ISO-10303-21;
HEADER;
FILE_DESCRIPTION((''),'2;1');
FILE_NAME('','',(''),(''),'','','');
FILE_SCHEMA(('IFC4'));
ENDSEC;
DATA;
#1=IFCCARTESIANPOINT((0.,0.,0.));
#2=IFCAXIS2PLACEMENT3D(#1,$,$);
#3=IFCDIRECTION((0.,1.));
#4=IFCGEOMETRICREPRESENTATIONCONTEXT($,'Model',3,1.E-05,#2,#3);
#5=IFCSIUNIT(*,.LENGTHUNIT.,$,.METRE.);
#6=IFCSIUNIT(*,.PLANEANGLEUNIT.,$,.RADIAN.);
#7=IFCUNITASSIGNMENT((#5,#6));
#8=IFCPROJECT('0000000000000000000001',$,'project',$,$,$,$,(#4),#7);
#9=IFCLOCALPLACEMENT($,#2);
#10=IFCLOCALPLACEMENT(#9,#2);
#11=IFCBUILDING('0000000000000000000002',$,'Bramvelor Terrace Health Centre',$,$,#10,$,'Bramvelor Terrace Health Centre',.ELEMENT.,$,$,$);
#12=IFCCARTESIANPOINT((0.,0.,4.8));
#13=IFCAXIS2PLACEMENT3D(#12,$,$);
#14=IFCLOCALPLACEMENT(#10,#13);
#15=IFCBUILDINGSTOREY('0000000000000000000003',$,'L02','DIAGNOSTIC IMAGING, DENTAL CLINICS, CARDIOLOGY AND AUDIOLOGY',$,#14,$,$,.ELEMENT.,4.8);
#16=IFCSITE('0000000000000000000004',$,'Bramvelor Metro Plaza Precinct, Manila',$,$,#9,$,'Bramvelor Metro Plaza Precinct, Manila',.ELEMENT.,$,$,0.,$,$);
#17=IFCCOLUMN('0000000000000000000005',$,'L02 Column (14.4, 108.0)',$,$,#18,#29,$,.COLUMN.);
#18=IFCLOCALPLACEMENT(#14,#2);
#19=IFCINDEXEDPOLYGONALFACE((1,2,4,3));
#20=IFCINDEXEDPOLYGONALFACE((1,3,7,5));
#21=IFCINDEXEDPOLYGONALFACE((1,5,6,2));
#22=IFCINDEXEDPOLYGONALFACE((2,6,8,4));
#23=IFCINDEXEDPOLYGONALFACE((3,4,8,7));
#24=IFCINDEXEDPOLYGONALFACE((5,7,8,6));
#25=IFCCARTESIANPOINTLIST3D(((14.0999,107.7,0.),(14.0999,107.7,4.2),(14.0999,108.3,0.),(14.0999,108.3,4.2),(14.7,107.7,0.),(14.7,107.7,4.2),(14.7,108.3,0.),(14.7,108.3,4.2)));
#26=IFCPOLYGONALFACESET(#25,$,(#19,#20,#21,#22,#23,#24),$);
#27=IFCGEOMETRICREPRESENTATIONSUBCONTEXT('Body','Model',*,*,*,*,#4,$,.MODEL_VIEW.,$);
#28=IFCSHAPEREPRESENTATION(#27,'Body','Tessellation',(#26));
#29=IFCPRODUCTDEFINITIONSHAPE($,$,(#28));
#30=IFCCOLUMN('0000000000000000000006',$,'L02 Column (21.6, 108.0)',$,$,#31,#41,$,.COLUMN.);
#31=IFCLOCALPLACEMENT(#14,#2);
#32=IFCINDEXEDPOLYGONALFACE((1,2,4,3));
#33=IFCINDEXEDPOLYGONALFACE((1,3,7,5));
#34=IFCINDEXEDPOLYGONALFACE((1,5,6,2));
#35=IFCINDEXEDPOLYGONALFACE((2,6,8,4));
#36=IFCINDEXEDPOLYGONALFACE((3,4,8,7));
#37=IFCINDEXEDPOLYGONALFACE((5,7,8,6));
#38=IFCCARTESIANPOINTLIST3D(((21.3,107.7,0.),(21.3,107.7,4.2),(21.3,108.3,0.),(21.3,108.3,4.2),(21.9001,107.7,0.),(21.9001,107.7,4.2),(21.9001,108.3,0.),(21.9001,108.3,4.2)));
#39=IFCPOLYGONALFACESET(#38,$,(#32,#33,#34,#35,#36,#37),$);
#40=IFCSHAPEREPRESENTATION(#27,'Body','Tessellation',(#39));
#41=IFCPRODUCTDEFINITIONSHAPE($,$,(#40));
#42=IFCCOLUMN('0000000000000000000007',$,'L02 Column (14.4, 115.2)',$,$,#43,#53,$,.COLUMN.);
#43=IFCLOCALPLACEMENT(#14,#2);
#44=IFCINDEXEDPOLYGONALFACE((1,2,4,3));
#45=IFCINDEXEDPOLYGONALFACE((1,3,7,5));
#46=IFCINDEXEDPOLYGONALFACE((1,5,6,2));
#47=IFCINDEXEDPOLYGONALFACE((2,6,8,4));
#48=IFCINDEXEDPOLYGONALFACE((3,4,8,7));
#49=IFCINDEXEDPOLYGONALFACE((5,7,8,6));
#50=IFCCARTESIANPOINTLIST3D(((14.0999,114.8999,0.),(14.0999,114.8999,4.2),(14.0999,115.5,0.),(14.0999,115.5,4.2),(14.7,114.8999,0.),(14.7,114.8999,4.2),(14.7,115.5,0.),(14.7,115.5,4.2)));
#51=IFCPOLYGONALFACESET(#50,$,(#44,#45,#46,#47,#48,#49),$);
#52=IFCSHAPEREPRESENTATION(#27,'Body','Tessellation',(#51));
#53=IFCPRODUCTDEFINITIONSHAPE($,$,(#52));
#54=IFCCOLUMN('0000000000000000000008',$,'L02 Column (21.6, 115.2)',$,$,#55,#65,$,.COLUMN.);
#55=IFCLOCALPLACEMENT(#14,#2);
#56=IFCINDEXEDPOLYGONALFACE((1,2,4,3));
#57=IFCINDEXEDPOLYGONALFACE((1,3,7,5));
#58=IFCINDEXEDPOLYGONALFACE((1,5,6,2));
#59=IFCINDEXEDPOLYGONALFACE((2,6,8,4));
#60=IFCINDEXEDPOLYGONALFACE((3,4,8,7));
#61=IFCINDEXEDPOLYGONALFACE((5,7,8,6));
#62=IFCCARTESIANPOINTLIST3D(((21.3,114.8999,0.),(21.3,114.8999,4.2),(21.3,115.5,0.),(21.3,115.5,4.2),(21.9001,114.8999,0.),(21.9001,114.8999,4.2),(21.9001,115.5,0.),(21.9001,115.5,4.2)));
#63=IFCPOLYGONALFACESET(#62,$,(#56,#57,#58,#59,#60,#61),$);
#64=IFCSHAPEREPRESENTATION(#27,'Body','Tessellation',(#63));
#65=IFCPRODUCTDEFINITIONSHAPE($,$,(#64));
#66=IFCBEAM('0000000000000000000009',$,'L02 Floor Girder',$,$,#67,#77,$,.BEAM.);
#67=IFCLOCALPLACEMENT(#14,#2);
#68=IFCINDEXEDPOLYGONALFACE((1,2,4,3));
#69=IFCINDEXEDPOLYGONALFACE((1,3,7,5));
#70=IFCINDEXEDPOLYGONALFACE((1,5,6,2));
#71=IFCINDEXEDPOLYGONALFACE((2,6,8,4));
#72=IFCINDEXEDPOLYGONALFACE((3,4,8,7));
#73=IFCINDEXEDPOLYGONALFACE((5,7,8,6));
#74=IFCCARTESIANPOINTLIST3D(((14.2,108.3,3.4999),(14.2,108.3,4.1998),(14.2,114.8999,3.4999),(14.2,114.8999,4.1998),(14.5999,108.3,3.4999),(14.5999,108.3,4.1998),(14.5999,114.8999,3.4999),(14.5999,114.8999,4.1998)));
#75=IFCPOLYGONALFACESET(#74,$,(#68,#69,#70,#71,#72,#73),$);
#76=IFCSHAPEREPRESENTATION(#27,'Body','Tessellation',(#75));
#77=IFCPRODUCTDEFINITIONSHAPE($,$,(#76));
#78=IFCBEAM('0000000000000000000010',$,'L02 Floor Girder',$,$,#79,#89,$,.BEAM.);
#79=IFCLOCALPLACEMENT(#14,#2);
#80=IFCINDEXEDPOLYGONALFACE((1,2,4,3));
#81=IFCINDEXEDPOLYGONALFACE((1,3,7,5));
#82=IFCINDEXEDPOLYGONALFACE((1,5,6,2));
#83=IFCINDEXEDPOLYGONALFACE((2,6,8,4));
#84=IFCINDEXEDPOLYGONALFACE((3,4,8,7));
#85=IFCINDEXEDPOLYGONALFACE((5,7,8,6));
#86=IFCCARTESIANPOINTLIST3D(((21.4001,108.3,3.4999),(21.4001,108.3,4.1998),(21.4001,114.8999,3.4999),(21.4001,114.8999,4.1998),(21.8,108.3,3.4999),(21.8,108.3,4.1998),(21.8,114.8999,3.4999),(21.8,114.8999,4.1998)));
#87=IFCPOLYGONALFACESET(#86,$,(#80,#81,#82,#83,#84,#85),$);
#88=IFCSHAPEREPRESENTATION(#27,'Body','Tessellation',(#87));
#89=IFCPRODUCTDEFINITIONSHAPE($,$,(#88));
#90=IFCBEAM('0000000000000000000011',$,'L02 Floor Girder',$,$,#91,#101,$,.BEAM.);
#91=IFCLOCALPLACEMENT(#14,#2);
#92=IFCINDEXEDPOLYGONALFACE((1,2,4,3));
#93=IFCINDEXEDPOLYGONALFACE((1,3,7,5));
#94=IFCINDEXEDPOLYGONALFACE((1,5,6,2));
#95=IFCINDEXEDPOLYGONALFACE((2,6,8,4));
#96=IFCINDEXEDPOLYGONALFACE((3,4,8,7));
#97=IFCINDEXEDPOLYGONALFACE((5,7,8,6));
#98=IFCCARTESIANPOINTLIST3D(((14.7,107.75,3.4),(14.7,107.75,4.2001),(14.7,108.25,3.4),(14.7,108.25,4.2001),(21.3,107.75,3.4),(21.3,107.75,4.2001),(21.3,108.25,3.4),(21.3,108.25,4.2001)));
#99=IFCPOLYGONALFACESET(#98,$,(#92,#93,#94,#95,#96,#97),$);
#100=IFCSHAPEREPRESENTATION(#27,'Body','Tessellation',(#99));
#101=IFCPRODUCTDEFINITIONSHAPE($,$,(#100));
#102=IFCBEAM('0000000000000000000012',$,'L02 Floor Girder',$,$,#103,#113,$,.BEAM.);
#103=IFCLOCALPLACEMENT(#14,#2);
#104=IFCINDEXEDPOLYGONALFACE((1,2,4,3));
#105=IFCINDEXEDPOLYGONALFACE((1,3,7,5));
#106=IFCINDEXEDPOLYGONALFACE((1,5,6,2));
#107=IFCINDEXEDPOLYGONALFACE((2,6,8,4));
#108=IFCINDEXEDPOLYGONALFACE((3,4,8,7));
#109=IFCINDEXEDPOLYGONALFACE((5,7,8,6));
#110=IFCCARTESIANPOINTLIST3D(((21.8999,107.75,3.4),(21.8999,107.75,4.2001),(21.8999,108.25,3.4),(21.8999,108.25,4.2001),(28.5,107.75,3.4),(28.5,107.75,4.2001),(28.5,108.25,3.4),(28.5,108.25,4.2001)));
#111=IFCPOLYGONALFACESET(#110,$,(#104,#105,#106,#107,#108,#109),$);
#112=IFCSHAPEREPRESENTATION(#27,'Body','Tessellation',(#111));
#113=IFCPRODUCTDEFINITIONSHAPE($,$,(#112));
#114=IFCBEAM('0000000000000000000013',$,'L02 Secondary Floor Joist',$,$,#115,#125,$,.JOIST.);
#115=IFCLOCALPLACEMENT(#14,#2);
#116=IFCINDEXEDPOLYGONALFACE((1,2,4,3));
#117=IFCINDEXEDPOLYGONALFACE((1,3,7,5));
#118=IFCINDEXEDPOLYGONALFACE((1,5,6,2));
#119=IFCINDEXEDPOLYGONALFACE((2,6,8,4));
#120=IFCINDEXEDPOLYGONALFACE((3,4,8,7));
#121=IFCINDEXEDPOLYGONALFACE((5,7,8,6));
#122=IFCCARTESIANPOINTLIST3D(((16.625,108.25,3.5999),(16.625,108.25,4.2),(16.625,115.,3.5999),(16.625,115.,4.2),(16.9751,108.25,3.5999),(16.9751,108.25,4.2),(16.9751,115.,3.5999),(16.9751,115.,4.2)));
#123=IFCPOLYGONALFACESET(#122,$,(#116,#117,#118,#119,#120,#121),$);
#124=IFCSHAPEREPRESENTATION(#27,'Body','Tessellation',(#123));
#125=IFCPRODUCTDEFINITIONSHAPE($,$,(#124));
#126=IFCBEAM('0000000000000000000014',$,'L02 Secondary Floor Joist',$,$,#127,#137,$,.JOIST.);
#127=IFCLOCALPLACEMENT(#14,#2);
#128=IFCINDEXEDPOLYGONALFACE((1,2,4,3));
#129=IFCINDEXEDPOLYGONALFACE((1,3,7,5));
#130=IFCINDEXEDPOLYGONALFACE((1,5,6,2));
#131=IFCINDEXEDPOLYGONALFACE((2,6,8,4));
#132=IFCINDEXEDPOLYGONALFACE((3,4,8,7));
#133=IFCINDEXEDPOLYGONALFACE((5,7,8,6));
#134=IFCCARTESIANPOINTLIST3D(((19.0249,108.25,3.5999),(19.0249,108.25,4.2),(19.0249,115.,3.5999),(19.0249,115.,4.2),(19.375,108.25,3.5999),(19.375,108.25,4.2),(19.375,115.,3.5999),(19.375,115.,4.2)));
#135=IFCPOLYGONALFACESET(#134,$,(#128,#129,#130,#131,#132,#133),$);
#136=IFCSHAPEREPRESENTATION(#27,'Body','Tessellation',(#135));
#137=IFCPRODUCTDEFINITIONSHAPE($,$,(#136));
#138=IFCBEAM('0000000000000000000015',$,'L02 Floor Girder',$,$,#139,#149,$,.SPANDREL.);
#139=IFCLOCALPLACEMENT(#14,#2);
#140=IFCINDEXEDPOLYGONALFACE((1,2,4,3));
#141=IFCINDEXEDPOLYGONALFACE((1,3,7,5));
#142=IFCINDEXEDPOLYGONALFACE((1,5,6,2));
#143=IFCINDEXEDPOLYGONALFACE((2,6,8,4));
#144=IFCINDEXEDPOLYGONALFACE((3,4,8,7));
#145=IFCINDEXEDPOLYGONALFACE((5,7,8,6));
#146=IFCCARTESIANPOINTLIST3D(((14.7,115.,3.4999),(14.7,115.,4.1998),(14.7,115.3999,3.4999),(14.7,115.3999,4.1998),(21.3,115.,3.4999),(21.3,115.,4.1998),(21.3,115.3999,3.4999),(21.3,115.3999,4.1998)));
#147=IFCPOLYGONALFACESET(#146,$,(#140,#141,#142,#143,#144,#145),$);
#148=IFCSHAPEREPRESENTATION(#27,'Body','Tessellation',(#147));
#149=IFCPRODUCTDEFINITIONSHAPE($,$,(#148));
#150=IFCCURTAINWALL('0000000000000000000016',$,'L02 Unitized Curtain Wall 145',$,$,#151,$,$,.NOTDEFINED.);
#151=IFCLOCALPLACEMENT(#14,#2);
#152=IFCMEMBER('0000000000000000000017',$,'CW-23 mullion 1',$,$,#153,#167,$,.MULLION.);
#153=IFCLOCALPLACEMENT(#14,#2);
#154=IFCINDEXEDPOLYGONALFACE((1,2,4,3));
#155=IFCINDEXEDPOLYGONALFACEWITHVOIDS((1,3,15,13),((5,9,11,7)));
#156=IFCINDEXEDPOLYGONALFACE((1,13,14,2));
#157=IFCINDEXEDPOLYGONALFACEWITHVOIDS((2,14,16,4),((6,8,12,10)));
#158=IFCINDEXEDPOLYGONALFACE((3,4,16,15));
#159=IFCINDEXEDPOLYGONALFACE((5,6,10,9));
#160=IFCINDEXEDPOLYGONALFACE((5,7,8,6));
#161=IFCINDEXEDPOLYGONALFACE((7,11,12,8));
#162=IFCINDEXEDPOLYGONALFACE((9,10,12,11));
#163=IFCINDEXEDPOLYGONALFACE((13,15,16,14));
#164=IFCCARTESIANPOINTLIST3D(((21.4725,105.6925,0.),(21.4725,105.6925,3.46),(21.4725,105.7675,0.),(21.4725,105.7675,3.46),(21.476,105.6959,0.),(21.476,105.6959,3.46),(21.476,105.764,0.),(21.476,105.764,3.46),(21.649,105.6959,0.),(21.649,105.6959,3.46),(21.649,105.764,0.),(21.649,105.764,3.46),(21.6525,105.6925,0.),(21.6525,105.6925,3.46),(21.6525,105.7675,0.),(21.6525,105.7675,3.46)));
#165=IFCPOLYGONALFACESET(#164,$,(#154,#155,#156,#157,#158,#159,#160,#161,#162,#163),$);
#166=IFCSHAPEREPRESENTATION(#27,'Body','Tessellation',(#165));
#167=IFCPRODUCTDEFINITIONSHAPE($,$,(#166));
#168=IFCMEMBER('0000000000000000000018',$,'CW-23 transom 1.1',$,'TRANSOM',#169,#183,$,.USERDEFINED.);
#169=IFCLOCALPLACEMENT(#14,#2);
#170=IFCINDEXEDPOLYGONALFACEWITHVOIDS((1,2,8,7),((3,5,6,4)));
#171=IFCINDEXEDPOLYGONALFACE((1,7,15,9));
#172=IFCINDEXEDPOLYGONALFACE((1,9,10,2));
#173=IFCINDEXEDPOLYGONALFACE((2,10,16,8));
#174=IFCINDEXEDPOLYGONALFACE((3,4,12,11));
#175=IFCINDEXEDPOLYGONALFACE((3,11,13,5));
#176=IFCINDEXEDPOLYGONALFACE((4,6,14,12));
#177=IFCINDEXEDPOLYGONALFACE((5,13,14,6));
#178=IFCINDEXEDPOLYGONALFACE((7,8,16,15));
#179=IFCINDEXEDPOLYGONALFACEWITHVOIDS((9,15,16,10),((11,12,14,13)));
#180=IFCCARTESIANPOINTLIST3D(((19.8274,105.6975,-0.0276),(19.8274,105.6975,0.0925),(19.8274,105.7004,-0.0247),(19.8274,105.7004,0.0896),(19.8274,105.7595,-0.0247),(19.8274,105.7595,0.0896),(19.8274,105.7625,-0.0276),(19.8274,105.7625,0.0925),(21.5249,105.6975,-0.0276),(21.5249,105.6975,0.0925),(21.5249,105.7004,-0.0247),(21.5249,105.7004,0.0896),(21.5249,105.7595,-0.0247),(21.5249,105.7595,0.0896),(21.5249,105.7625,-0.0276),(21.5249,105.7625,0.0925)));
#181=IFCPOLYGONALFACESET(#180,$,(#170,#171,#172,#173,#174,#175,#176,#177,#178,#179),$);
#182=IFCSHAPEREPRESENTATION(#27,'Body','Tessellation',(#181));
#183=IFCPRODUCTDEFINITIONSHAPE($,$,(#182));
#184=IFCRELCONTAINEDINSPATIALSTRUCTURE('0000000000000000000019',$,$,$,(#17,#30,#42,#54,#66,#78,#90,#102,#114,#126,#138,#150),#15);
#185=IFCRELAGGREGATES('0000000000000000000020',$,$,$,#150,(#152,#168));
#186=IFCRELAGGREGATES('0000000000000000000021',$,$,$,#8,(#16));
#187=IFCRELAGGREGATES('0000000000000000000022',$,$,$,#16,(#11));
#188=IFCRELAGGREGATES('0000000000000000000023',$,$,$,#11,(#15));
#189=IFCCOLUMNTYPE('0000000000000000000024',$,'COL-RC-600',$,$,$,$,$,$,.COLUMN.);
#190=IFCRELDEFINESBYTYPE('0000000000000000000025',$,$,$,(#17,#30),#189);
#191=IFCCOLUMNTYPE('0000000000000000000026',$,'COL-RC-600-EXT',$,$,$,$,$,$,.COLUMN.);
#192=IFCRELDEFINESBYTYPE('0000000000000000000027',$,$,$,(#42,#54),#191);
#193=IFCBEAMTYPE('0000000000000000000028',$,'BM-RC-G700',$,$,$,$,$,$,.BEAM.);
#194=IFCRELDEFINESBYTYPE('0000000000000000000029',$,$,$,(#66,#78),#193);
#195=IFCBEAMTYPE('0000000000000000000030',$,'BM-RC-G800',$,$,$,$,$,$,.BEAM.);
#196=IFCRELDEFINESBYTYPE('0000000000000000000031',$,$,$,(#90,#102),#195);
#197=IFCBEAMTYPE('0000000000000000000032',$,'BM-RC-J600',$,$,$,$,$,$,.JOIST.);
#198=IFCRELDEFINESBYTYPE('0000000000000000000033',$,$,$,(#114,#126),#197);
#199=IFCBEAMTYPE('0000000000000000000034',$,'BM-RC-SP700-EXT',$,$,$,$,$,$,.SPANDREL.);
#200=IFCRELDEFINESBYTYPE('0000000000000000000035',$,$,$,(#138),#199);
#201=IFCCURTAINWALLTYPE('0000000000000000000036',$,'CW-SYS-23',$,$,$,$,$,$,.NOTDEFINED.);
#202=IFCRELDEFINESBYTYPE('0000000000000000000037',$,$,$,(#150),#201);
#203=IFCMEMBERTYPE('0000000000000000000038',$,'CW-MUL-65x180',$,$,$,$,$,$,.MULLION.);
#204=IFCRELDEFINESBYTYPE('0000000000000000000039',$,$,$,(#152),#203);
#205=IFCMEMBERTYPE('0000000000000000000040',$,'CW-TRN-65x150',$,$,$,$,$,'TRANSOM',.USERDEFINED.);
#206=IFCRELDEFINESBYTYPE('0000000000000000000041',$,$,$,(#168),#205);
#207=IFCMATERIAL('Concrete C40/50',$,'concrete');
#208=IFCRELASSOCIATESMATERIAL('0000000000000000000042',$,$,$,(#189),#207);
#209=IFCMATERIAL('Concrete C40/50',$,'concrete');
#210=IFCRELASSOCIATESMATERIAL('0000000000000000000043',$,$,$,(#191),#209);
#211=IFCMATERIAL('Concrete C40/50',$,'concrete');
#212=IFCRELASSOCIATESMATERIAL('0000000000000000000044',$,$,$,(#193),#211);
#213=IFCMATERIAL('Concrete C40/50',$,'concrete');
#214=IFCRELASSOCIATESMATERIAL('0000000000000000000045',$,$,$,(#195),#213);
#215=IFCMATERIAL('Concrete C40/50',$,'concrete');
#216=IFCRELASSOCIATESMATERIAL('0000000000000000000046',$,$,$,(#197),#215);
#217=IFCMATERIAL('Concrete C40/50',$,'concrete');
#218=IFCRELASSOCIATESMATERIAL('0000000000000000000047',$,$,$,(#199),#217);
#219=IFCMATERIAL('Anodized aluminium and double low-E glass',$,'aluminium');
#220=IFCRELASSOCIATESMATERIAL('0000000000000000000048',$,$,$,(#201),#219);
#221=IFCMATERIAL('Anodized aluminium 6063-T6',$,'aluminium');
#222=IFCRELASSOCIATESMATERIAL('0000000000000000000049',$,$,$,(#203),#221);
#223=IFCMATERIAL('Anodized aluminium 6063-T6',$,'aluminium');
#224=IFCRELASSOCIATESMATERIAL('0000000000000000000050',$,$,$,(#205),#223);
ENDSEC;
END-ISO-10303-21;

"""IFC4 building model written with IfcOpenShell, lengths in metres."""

from ifc_helpers import new_model, si_unit, direction, frame, origin, origin_2d, place, context, subcontext, project, spatial, rectangle, hollow_rectangle, extrude, material, material_profile, profile_set, type_object, element, aggregate, save


model = new_model("IFC4")

# Units and contexts
model_context = context("Model", 3, precision=1e-05, world=origin(), true_north=direction((0.0, 1.0)))
body_context = subcontext(model_context, "Body", "Model", "MODEL_VIEW")
ifc_project = project(units=[si_unit("LENGTHUNIT", "METRE"), si_unit("PLANEANGLEUNIT", "RADIAN")], contexts=[model_context])

# Site, building, storey
site_placement = place(None, origin())
site = spatial("IfcSite", under=ifc_project, at=site_placement, Name="Bramvelor Metro Plaza Precinct, Manila", LongName="Bramvelor Metro Plaza Precinct, Manila", CompositionType="ELEMENT", RefElevation=0.0)
building_placement = place(site_placement, origin())
building = spatial("IfcBuilding", under=site, at=building_placement, Name="Bramvelor Terrace Health Centre", LongName="Bramvelor Terrace Health Centre", CompositionType="ELEMENT")
storey_placement = place(building_placement, frame((0.0, 0.0, 4.8)))
storey = spatial("IfcBuildingStorey", under=building, at=storey_placement, Name="L02", Description="DIAGNOSTIC IMAGING, DENTAL CLINICS, CARDIOLOGY AND AUDIOLOGY", CompositionType="ELEMENT", Elevation=4.8)

# Columns
ifc_material_1 = material(Name="Concrete C40/50", Category="concrete")
ifc_material_profile_1 = material_profile(ifc_material_1, rectangle(XDim=0.6001, YDim=0.6001, at=origin_2d()), Name="RC 600x600")
ifc_profile_set_1 = profile_set([ifc_material_profile_1], Name="Concrete C40/50")
column_type_1 = type_object("IfcColumnType", Name="COL-RC-600", PredefinedType="COLUMN", material=ifc_profile_set_1)
for number, where, z_axis, x_axis, name in (
    (1, (14.3999, 108.0, 0.0), (0.0, 0.0, 1.0), (1.0, 0.0, 0.0), "L02 Column (14.4, 108.0)"),
    (2, (21.6001, 108.0, 0.0), (0.0, 0.0, 1.0), (1.0, 0.0, 0.0), "L02 Column (21.6, 108.0)"),
):
    element("IfcColumn", number, at=place(storey_placement, frame(where, z_axis=z_axis, x_axis=x_axis)), inside=storey, type_object=column_type_1, Name=name, PredefinedType="COLUMN", context=body_context, shape_type="SweptSolid", body=[
        extrude(rectangle(XDim=0.6001, YDim=0.6001, at=origin_2d()), origin(), (0.0, 0.0, 1.0), 4.2),
    ])
ifc_material_2 = material(Name="Concrete C40/50", Category="concrete")
ifc_material_profile_2 = material_profile(ifc_material_2, rectangle(XDim=0.6001, YDim=0.6001, at=origin_2d()), Name="RC 600x600")
ifc_profile_set_2 = profile_set([ifc_material_profile_2], Name="Concrete C40/50")
column_type_2 = type_object("IfcColumnType", Name="COL-RC-600-EXT", PredefinedType="COLUMN", material=ifc_profile_set_2)
for number, where, z_axis, x_axis, name in (
    (3, (14.3999, 115.2, 0.0), (0.0, 0.0, 1.0), (1.0, 0.0, 0.0), "L02 Column (14.4, 115.2)"),
    (4, (21.6001, 115.2, 0.0), (0.0, 0.0, 1.0), (1.0, 0.0, 0.0), "L02 Column (21.6, 115.2)"),
):
    element("IfcColumn", number, at=place(storey_placement, frame(where, z_axis=z_axis, x_axis=x_axis)), inside=storey, type_object=column_type_2, Name=name, PredefinedType="COLUMN", context=body_context, shape_type="SweptSolid", body=[
        extrude(rectangle(XDim=0.6001, YDim=0.6001, at=origin_2d()), origin(), (0.0, 0.0, 1.0), 4.2),
    ])

# Beams
ifc_material_3 = material(Name="Concrete C40/50", Category="concrete")
ifc_material_profile_3 = material_profile(ifc_material_3, rectangle(XDim=0.3999, YDim=0.7, at=origin_2d()), Name="RC 400x700")
ifc_profile_set_3 = profile_set([ifc_material_profile_3], Name="Concrete C40/50")
beam_type_1 = type_object("IfcBeamType", Name="BM-RC-G700", PredefinedType="BEAM", material=ifc_profile_set_3)
for number, where, z_axis, x_axis, name in (
    (5, (14.3999, 108.3, 3.8499), (0.0, 1.0, 0.0), (-1.0, 0.0, 0.0), "L02 Floor Girder"),
    (6, (21.6001, 108.3, 3.8499), (0.0, 1.0, 0.0), (-1.0, 0.0, 0.0), "L02 Floor Girder"),
):
    element("IfcBeam", number, at=place(storey_placement, frame(where, z_axis=z_axis, x_axis=x_axis)), inside=storey, type_object=beam_type_1, Name=name, PredefinedType="BEAM", context=body_context, shape_type="SweptSolid", body=[
        extrude(rectangle(XDim=0.3999, YDim=0.7, at=origin_2d()), origin(), (0.0, 0.0, 1.0), 6.5999),
    ])
ifc_material_4 = material(Name="Concrete C40/50", Category="concrete")
ifc_material_profile_4 = material_profile(ifc_material_4, rectangle(XDim=0.5, YDim=0.8, at=origin_2d()), Name="RC 500x800")
ifc_profile_set_4 = profile_set([ifc_material_profile_4], Name="Concrete C40/50")
beam_type_2 = type_object("IfcBeamType", Name="BM-RC-G800", PredefinedType="BEAM", material=ifc_profile_set_4)
for number, where, z_axis, x_axis, name in (
    (7, (14.7, 108.0, 3.8), (1.0, 0.0, 0.0), (0.0, 1.0, 0.0), "L02 Floor Girder"),
    (8, (21.8999, 108.0, 3.8), (1.0, 0.0, 0.0), (0.0, 1.0, 0.0), "L02 Floor Girder"),
):
    element("IfcBeam", number, at=place(storey_placement, frame(where, z_axis=z_axis, x_axis=x_axis)), inside=storey, type_object=beam_type_2, Name=name, PredefinedType="BEAM", context=body_context, shape_type="SweptSolid", body=[
        extrude(rectangle(XDim=0.5, YDim=0.8, at=origin_2d()), origin(), (0.0, 0.0, 1.0), 6.6001),
    ])
ifc_material_5 = material(Name="Concrete C40/50", Category="concrete")
ifc_material_profile_5 = material_profile(ifc_material_5, rectangle(XDim=0.3501, YDim=0.6001, at=origin_2d()), Name="RC 350x600")
ifc_profile_set_5 = profile_set([ifc_material_profile_5], Name="Concrete C40/50")
beam_type_3 = type_object("IfcBeamType", Name="BM-RC-J600", PredefinedType="JOIST", material=ifc_profile_set_5)
for number, where, z_axis, x_axis, name in (
    (9, (16.8, 108.25, 3.8999), (0.0, 1.0, 0.0), (-1.0, 0.0, 0.0), "L02 Secondary Floor Joist"),
    (10, (19.2, 108.25, 3.8999), (0.0, 1.0, 0.0), (-1.0, 0.0, 0.0), "L02 Secondary Floor Joist"),
):
    element("IfcBeam", number, at=place(storey_placement, frame(where, z_axis=z_axis, x_axis=x_axis)), inside=storey, type_object=beam_type_3, Name=name, PredefinedType="JOIST", context=body_context, shape_type="SweptSolid", body=[
        extrude(rectangle(XDim=0.3501, YDim=0.6001, at=origin_2d()), origin(), (0.0, 0.0, 1.0), 6.75),
    ])
ifc_material_6 = material(Name="Concrete C40/50", Category="concrete")
ifc_material_profile_6 = material_profile(ifc_material_6, rectangle(XDim=0.3999, YDim=0.7, at=origin_2d()), Name="RC 400x700")
ifc_profile_set_6 = profile_set([ifc_material_profile_6], Name="Concrete C40/50")
beam_type_4 = type_object("IfcBeamType", Name="BM-RC-SP700-EXT", PredefinedType="SPANDREL", material=ifc_profile_set_6)
beam_placement = place(storey_placement, frame((14.7, 115.2, 3.8499), z_axis=(1.0, 0.0, 0.0), x_axis=(0.0, 1.0, 0.0)))
element("IfcBeam", 11, at=beam_placement, inside=storey, type_object=beam_type_4, Name="L02 Floor Girder", PredefinedType="SPANDREL", context=body_context, shape_type="SweptSolid", body=[
    extrude(rectangle(XDim=0.3999, YDim=0.7, at=origin_2d()), origin(), (0.0, 0.0, 1.0), 6.6001),
])

# Curtain wall, members
ifc_material_7 = material(Name="Anodized aluminium and double low-E glass", Category="aluminium")
curtain_wall_type = type_object("IfcCurtainWallType", Name="CW-SYS-23", PredefinedType="NOTDEFINED", material=ifc_material_7)
curtain_wall_placement = place(storey_placement, origin())
curtain_wall = element("IfcCurtainWall", 12, at=curtain_wall_placement, inside=storey, type_object=curtain_wall_type, Name="L02 Unitized Curtain Wall 145", PredefinedType="NOTDEFINED")
ifc_material_8 = material(Name="Anodized aluminium 6063-T6", Category="aluminium")
ifc_material_profile_7 = material_profile(ifc_material_8, hollow_rectangle(XDim=0.075, YDim=0.1799, WallThickness=0.0034, at=origin_2d()), Name="ALU-MUL 75x180x3.5")
ifc_profile_set_7 = profile_set([ifc_material_profile_7], Name="Anodized aluminium 6063-T6")
member_type_1 = type_object("IfcMemberType", Name="CW-MUL-65x180", PredefinedType="MULLION", material=ifc_profile_set_7)
member_1_placement = place(storey_placement, frame((21.5625, 105.73, 0.0), z_axis=(0.0, 0.0, 1.0), x_axis=(0.0, -1.0, 0.0)))
member_1 = element("IfcMember", 13, at=member_1_placement, type_object=member_type_1, Name="CW-23 mullion 1", PredefinedType="MULLION", context=body_context, shape_type="SweptSolid", body=[
    extrude(hollow_rectangle(XDim=0.075, YDim=0.1799, WallThickness=0.0034, at=origin_2d()), origin(), (0.0, 0.0, 1.0), 3.46),
])
ifc_material_9 = material(Name="Anodized aluminium 6063-T6", Category="aluminium")
ifc_material_profile_8 = material_profile(ifc_material_9, hollow_rectangle(XDim=0.0649, YDim=0.1201, WallThickness=0.0029, at=origin_2d()), Name="ALU-TRN 65x120x3.0")
ifc_profile_set_8 = profile_set([ifc_material_profile_8], Name="Anodized aluminium 6063-T6")
member_type_2 = type_object("IfcMemberType", Name="CW-TRN-65x150", ElementType="TRANSOM", PredefinedType="USERDEFINED", material=ifc_profile_set_8)
member_2_placement = place(storey_placement, frame((21.5249, 105.73, 0.0325), z_axis=(-1.0, 0.0, 0.0), x_axis=(0.0, -1.0, 0.0)))
member_2 = element("IfcMember", 14, at=member_2_placement, type_object=member_type_2, Name="CW-23 transom 1.1", ObjectType="TRANSOM", PredefinedType="USERDEFINED", context=body_context, shape_type="SweptSolid", body=[
    extrude(hollow_rectangle(XDim=0.0649, YDim=0.1201, WallThickness=0.0029, at=origin_2d()), origin(), (0.0, 0.0, 1.0), 1.6975),
])
aggregate(curtain_wall, [member_1, member_2])

save(model, "model.ifc")
